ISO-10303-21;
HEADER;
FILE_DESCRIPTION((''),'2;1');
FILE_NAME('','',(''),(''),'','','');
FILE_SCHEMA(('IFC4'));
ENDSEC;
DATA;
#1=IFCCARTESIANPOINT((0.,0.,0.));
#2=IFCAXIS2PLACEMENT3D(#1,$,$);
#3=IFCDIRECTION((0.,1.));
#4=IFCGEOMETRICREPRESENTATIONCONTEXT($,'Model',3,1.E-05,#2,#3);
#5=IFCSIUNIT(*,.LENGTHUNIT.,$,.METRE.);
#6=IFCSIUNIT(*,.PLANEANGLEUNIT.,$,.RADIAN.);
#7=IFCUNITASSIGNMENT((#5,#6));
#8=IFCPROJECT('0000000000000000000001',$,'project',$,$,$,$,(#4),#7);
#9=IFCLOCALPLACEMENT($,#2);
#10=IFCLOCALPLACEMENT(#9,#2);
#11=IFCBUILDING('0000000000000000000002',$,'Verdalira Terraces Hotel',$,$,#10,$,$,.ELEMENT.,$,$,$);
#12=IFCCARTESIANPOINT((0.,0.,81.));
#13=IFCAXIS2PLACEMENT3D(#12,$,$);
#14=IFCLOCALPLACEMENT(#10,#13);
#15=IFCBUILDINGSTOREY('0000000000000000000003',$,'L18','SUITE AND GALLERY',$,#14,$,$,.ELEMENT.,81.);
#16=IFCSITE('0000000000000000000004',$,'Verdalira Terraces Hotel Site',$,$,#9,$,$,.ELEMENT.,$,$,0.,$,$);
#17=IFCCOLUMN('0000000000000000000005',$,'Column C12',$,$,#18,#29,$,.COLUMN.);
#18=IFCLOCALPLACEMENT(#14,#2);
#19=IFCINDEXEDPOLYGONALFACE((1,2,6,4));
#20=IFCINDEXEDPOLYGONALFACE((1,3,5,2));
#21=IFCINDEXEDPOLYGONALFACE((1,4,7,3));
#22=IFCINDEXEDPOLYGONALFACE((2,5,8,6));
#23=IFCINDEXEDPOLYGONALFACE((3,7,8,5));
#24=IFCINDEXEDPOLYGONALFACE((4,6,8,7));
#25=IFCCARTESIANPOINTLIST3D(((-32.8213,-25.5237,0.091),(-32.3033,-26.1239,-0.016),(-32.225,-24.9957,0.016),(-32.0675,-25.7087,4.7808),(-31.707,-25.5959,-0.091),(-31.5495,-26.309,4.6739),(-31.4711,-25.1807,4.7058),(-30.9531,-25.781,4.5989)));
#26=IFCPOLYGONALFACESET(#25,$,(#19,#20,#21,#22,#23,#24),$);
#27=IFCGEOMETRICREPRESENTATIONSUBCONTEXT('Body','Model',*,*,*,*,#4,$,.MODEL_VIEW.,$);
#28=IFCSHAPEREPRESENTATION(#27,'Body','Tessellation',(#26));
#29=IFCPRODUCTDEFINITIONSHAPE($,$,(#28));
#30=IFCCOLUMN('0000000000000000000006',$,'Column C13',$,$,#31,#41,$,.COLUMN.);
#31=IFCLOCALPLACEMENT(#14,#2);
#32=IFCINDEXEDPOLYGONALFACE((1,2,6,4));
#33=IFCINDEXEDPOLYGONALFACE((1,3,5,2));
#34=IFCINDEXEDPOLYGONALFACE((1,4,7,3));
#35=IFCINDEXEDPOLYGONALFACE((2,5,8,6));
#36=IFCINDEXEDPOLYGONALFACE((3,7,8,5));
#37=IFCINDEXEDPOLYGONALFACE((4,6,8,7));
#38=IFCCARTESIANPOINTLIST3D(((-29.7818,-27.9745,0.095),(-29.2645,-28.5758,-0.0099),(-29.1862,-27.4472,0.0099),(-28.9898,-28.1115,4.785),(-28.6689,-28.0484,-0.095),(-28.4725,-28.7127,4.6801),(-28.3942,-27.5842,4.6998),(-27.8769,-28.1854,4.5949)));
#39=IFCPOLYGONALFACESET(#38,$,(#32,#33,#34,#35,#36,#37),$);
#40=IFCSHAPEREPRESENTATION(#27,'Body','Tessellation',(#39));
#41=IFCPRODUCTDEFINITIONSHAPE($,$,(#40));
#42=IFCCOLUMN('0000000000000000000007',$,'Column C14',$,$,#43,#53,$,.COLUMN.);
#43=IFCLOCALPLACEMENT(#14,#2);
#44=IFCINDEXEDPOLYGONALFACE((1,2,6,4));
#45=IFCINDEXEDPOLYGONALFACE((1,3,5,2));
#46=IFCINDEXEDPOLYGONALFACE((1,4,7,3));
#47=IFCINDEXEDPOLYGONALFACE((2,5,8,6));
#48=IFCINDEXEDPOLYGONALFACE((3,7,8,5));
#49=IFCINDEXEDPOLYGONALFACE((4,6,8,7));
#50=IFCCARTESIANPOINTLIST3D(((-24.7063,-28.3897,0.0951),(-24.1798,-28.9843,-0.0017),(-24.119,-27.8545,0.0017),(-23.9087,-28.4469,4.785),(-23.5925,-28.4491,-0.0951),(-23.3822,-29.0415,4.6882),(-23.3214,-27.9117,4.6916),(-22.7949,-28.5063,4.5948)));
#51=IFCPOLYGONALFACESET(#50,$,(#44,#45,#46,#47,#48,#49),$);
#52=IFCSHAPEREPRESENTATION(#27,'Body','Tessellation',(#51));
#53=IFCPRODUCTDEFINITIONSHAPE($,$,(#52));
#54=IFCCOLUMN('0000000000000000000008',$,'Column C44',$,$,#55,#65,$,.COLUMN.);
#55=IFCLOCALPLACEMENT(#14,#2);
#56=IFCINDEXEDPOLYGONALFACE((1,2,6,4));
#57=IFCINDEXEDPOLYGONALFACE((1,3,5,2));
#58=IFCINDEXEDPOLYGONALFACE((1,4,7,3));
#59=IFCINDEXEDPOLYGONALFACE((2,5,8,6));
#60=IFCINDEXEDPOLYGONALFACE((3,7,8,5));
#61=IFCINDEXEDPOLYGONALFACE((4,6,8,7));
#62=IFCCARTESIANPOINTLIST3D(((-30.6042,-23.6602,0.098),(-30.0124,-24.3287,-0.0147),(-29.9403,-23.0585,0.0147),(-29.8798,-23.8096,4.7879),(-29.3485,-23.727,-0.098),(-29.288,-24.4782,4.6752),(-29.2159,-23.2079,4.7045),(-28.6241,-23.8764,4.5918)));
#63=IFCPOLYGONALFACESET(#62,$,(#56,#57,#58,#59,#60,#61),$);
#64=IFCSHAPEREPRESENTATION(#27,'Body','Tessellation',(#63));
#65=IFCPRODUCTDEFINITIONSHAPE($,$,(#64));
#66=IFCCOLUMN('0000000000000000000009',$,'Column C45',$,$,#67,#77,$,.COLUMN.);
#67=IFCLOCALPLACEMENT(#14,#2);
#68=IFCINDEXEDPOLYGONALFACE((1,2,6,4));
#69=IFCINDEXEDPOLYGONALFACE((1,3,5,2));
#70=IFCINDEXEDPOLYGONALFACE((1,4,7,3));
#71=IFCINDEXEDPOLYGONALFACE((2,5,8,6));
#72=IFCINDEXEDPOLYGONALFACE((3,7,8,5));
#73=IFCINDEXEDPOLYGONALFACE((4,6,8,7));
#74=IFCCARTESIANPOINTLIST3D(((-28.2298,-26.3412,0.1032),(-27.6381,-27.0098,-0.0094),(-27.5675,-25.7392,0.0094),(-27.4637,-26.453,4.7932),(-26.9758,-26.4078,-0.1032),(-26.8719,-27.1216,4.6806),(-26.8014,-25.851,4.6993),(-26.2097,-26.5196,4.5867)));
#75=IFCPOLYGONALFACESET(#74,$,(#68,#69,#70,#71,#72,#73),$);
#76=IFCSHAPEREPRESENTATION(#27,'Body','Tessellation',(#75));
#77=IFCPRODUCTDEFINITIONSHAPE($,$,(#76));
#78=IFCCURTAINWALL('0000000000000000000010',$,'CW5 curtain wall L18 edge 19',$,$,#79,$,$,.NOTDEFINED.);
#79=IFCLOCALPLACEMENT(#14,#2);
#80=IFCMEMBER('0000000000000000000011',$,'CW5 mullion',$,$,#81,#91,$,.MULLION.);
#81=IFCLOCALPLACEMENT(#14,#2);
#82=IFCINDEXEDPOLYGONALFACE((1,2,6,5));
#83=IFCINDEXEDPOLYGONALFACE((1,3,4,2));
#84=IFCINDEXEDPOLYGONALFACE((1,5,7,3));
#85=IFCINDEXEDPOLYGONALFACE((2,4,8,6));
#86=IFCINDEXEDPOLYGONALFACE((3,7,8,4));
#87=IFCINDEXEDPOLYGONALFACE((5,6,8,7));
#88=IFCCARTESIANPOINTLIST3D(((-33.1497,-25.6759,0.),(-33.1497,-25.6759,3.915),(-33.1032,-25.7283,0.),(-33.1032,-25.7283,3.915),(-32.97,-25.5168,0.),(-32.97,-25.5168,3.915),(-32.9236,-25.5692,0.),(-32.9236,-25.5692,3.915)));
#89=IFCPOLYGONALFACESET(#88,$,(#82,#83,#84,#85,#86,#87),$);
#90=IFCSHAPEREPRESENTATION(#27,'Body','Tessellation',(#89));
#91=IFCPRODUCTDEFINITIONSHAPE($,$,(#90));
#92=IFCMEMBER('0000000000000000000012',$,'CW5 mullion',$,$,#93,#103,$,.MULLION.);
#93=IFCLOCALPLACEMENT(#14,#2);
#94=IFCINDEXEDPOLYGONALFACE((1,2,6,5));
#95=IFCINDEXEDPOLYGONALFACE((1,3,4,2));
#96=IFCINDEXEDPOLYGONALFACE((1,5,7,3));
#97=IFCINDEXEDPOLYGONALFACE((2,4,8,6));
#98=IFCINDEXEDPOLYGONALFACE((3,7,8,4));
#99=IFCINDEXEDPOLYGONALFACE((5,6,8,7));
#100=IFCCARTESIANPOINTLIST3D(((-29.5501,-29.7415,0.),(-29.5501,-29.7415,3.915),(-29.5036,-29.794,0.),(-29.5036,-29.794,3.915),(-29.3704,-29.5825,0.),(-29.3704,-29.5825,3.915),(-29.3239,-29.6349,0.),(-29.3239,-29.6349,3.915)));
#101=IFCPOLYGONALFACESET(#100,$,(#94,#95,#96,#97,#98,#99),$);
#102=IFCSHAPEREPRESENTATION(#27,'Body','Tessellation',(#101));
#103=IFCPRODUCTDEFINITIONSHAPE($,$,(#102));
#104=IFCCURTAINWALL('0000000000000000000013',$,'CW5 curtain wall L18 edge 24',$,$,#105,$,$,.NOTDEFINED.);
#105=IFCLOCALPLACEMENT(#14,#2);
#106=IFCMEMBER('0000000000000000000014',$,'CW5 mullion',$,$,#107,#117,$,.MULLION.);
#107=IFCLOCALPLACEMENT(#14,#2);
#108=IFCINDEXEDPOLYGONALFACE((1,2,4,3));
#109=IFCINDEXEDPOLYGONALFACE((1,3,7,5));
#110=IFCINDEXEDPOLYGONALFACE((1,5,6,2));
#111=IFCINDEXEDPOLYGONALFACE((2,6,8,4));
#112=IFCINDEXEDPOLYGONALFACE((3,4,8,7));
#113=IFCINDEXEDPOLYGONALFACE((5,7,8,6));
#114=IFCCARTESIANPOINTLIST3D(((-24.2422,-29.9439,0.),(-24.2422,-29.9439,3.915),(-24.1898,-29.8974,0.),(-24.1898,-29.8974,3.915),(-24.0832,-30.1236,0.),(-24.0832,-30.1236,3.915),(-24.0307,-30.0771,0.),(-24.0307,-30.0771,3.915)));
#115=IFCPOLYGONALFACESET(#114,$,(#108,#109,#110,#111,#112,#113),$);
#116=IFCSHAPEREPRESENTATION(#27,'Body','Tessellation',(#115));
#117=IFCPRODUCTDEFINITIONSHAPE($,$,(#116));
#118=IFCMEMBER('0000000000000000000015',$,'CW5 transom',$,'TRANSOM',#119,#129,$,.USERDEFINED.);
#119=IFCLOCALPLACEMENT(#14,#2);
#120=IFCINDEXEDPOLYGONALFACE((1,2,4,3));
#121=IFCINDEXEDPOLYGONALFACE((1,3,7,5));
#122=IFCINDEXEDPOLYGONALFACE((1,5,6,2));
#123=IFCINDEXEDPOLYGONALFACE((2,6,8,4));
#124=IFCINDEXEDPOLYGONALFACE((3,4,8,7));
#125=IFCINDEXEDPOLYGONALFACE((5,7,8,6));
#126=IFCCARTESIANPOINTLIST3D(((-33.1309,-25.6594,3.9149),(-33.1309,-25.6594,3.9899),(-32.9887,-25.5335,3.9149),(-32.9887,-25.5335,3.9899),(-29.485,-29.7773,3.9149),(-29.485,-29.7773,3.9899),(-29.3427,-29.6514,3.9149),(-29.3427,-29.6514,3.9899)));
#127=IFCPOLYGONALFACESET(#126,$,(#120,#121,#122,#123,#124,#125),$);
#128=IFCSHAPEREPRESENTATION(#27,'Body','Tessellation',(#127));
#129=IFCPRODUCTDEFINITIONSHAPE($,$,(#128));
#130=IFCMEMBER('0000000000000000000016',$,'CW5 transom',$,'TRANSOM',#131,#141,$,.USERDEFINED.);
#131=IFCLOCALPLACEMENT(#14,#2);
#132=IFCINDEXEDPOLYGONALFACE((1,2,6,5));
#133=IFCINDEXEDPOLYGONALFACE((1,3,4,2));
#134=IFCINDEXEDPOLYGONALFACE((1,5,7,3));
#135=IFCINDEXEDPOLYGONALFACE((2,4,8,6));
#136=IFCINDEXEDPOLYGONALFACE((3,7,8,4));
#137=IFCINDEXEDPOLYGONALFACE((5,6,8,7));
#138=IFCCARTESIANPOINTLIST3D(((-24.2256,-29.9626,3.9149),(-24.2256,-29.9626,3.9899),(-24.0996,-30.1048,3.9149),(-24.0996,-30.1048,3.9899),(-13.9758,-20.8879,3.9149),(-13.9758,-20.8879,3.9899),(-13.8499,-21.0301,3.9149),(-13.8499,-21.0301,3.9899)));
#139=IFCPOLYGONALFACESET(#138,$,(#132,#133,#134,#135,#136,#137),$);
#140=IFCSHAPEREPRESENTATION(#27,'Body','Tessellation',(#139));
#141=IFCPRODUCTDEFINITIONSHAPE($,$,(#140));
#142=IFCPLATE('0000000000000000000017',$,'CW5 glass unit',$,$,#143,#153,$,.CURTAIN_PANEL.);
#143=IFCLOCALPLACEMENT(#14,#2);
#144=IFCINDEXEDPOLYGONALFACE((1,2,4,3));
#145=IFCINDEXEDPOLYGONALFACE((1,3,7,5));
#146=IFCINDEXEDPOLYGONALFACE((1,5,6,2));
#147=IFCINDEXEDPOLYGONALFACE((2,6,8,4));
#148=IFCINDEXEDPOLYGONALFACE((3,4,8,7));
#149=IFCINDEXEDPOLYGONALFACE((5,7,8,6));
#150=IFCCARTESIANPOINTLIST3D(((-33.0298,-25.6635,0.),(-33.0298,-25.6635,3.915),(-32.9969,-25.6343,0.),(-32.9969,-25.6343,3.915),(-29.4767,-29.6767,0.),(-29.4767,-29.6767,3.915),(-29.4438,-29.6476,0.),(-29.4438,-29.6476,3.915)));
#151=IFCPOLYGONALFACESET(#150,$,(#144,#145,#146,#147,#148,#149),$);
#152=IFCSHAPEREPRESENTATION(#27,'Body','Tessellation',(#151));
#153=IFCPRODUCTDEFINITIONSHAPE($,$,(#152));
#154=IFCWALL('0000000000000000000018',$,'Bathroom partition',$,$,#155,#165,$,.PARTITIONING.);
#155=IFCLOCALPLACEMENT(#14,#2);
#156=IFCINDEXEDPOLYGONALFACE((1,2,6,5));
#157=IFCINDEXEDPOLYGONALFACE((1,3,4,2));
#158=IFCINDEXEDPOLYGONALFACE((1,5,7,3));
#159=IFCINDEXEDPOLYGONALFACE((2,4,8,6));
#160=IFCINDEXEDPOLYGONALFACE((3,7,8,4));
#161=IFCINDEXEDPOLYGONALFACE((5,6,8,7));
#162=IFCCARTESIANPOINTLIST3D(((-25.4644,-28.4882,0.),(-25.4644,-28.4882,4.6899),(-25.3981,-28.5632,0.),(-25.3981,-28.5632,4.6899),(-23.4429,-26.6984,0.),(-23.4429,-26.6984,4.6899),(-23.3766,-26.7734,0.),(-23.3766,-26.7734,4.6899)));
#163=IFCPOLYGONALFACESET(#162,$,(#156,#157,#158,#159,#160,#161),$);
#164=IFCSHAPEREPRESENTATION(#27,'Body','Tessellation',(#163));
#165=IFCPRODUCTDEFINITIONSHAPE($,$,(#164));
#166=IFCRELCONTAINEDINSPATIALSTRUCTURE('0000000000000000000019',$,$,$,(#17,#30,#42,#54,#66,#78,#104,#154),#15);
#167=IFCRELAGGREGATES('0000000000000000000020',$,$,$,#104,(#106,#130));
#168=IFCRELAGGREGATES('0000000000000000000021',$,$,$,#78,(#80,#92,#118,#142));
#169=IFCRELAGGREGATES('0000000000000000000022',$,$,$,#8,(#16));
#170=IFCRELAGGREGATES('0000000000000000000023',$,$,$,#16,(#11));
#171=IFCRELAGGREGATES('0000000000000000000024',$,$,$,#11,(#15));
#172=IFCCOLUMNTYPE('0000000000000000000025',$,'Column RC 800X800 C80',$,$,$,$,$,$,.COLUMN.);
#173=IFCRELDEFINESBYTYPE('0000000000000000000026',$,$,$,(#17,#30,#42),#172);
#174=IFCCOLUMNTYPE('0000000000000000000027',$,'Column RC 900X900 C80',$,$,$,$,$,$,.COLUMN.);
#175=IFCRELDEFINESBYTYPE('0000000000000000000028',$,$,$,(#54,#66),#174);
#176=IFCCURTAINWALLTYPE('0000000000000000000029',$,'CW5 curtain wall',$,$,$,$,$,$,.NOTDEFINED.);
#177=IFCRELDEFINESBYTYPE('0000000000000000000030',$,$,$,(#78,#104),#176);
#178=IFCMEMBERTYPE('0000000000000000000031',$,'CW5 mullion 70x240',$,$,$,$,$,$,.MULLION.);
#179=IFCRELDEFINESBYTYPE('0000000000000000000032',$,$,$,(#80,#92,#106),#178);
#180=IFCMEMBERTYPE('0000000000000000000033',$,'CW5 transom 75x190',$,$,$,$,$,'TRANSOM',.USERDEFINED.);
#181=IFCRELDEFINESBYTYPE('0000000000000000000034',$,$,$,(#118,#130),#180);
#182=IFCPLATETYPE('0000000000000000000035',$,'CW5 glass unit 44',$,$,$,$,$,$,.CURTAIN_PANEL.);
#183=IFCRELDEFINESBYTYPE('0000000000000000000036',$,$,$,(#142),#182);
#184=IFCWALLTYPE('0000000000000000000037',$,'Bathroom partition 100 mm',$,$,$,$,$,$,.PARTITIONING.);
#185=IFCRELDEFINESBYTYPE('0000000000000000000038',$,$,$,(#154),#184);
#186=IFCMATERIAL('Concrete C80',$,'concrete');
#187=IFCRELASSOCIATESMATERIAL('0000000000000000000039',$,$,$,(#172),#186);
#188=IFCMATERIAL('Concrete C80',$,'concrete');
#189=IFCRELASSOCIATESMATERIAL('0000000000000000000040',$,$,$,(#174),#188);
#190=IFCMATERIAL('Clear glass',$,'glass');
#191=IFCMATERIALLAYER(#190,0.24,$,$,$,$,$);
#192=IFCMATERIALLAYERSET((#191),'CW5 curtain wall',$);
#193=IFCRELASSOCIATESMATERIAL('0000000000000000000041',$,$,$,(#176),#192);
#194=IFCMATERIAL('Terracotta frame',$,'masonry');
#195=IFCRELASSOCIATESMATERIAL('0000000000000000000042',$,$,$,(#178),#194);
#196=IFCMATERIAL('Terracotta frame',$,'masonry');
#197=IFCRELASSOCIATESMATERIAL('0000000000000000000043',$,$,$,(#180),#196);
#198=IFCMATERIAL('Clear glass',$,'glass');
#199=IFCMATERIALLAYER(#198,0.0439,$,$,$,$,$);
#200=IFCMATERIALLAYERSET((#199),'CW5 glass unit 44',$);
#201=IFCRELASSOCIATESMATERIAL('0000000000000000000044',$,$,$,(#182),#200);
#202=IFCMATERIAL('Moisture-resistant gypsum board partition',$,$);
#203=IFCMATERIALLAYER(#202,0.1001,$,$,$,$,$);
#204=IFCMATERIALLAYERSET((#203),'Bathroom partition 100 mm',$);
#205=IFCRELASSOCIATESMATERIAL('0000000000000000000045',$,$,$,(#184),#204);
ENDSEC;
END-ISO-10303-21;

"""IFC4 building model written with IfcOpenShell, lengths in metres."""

from ifc_helpers import new_model, si_unit, direction, frame, frame_2d, origin, origin_2d, place, context, subcontext, project, spatial, rectangle, extrude, material, layer, layer_set, material_profile, profile_set, type_object, element, aggregate, save


model = new_model("IFC4")

# Units and contexts
model_context = context("Model", 3, precision=1e-05, world=origin(), true_north=direction((0.0, 1.0)))
body_context = subcontext(model_context, "Body", "Model", "MODEL_VIEW")
ifc_project = project(units=[si_unit("LENGTHUNIT", "METRE"), si_unit("PLANEANGLEUNIT", "RADIAN")], contexts=[model_context])

# Site, building, storey
site_placement = place(None, origin())
site = spatial("IfcSite", under=ifc_project, at=site_placement, Name="Verdalira Terraces Hotel Site", CompositionType="ELEMENT", RefElevation=0.0)
building_placement = place(site_placement, origin())
building = spatial("IfcBuilding", under=site, at=building_placement, Name="Verdalira Terraces Hotel", CompositionType="ELEMENT")
storey_placement = place(building_placement, frame((0.0, 0.0, 81.0)))
storey = spatial("IfcBuildingStorey", under=building, at=storey_placement, Name="L18", Description="SUITE AND GALLERY", CompositionType="ELEMENT", Elevation=81.0)

# Columns
ifc_material_1 = material(Name="Concrete C80", Category="concrete")
ifc_material_profile_1 = material_profile(ifc_material_1, rectangle(XDim=0.8, YDim=0.8, at=origin_2d()), Name="RC 800X800")
ifc_profile_set_1 = profile_set([ifc_material_profile_1], Name="Concrete C80")
column_type_1 = type_object("IfcColumnType", Name="Column RC 800X800 C80", PredefinedType="COLUMN", material=ifc_profile_set_1)
column_1_placement = place(storey_placement, frame((-32.2642, -25.5598, 0.0), z_axis=(0.158592, -0.038929, 0.986576), x_axis=(0.647459, -0.750284, -0.133684)))
element("IfcColumn", 1, at=column_1_placement, inside=storey, type_object=column_type_1, Name="Column C12", PredefinedType="COLUMN", context=body_context, shape_type="SweptSolid", body=[
    extrude(rectangle(XDim=0.8, YDim=0.8, at=origin_2d()), origin(), (0.0, 0.0, 1.0), 4.7537),
])
column_2_placement = place(storey_placement, frame((-29.2253, -28.0115, 0.0), z_axis=(0.166444, -0.028784, 0.985631), x_axis=(0.646593, -0.751479, -0.131136)))
element("IfcColumn", 2, at=column_2_placement, inside=storey, type_object=column_type_1, Name="Column C13", PredefinedType="COLUMN", context=body_context, shape_type="SweptSolid", body=[
    extrude(rectangle(XDim=0.8, YDim=0.8, at=origin_2d()), origin(), (0.0, 0.0, 1.0), 4.7583),
])
column_3_placement = place(storey_placement, frame((-24.1494, -28.4194, 0.0), z_axis=(0.167648, -0.012008, 0.985774), x_axis=(0.734086, 0.668955, -0.116696)))
element("IfcColumn", 3, at=column_3_placement, inside=storey, type_object=column_type_1, Name="Column C14", PredefinedType="COLUMN", context=body_context, shape_type="SweptSolid", body=[
    extrude(rectangle(XDim=0.8, YDim=0.8, at=origin_2d()), origin(), (0.0, 0.0, 1.0), 4.7576),
])
ifc_material_2 = material(Name="Concrete C80", Category="concrete")
ifc_material_profile_2 = material_profile(ifc_material_2, rectangle(XDim=0.8999, YDim=0.8999, at=origin_2d()), Name="RC 900X900")
ifc_profile_set_2 = profile_set([ifc_material_profile_2], Name="Concrete C80")
column_type_2 = type_object("IfcColumnType", Name="Column RC 900X900 C80", PredefinedType="COLUMN", material=ifc_profile_set_2)
column_4_placement = place(storey_placement, frame((-29.9763, -23.6936, 0.0), z_axis=(0.152565, -0.031469, 0.987792), x_axis=(-0.737735, -0.668704, 0.09264)))
element("IfcColumn", 4, at=column_4_placement, inside=storey, type_object=column_type_2, Name="Column C44", PredefinedType="COLUMN", context=body_context, shape_type="SweptSolid", body=[
    extrude(rectangle(XDim=0.8999, YDim=0.8999, at=origin_2d()), origin(), (0.0, 0.0, 1.0), 4.7478),
])
column_5_placement = place(storey_placement, frame((-27.6028, -26.3745, 0.0), z_axis=(0.161171, -0.023523, 0.986646), x_axis=(-0.735957, -0.668951, 0.104271)))
element("IfcColumn", 5, at=column_5_placement, inside=storey, type_object=column_type_2, Name="Column C45", PredefinedType="COLUMN", context=body_context, shape_type="SweptSolid", body=[
    extrude(rectangle(XDim=0.8999, YDim=0.8999, at=origin_2d()), origin(), (0.0, 0.0, 1.0), 4.7534),
])

# Curtain wall, members
ifc_material_3 = material(Name="Clear glass", Category="glass")
ifc_layer_1 = layer(ifc_material_3, 0.24)
ifc_layer_set_1 = layer_set([ifc_layer_1], Name="CW5 curtain wall")
curtain_wall_type = type_object("IfcCurtainWallType", Name="CW5 curtain wall", PredefinedType="NOTDEFINED", material=ifc_layer_set_1)
curtain_wall_1_placement = place(storey_placement, origin())
curtain_wall_1 = element("IfcCurtainWall", 6, at=curtain_wall_1_placement, inside=storey, type_object=curtain_wall_type, Name="CW5 curtain wall L18 edge 19", PredefinedType="NOTDEFINED")
ifc_material_4 = material(Name="Terracotta frame", Category="masonry")
ifc_material_profile_3 = material_profile(ifc_material_4, rectangle(XDim=0.0701, YDim=0.24, at=origin_2d()), Name="MU 70x240")
ifc_profile_set_3 = profile_set([ifc_material_profile_3], Name="Terracotta frame")
member_type_1 = type_object("IfcMemberType", Name="CW5 mullion 70x240", PredefinedType="MULLION", material=ifc_profile_set_3)
member_1_placement = place(storey_placement, frame((-33.0366, -25.6226, 0.0), z_axis=(0.0, 0.0, 1.0), x_axis=(0.662881, -0.748724, 0.0)))
member_1 = element("IfcMember", 7, at=member_1_placement, type_object=member_type_1, Name="CW5 mullion", PredefinedType="MULLION", context=body_context, shape_type="SweptSolid", body=[
    extrude(rectangle(XDim=0.0701, YDim=0.24, at=origin_2d()), origin(), (0.0, 0.0, 1.0), 3.915),
])
member_2_placement = place(storey_placement, frame((-29.437, -29.6882, 0.0), z_axis=(0.0, 0.0, 1.0), x_axis=(0.662881, -0.748724, 0.0)))
member_2 = element("IfcMember", 8, at=member_2_placement, type_object=member_type_1, Name="CW5 mullion", PredefinedType="MULLION", context=body_context, shape_type="SweptSolid", body=[
    extrude(rectangle(XDim=0.0701, YDim=0.24, at=origin_2d()), origin(), (0.0, 0.0, 1.0), 3.915),
])

# Curtain wall, member
curtain_wall_2_placement = place(storey_placement, origin())
curtain_wall_2 = element("IfcCurtainWall", 9, at=curtain_wall_2_placement, inside=storey, type_object=curtain_wall_type, Name="CW5 curtain wall L18 edge 24", PredefinedType="NOTDEFINED")
member_3_placement = place(storey_placement, frame((-24.1365, -30.0105, 0.0), z_axis=(0.0, 0.0, 1.0), x_axis=(0.748724, 0.662881, 0.0)))
member_3 = element("IfcMember", 10, at=member_3_placement, type_object=member_type_1, Name="CW5 mullion", PredefinedType="MULLION", context=body_context, shape_type="SweptSolid", body=[
    extrude(rectangle(XDim=0.0701, YDim=0.24, at=origin_2d()), origin(), (0.0, 0.0, 1.0), 3.915),
])

# Members
ifc_material_5 = material(Name="Terracotta frame", Category="masonry")
ifc_material_profile_4 = material_profile(ifc_material_5, rectangle(XDim=0.1899, YDim=0.075, at=origin_2d()), Name="TR 75x190")
ifc_profile_set_4 = profile_set([ifc_material_profile_4], Name="Terracotta frame")
member_type_2 = type_object("IfcMemberType", Name="CW5 transom 75x190", ElementType="TRANSOM", PredefinedType="USERDEFINED", material=ifc_profile_set_4)
member_4_placement = place(storey_placement, frame((-33.0598, -25.5964, 3.9524), z_axis=(0.662902, -0.748706, 0.0), x_axis=(0.748706, 0.662902, 0.0)))
member_4 = element("IfcMember", 11, at=member_4_placement, type_object=member_type_2, Name="CW5 transom", ObjectType="TRANSOM", PredefinedType="USERDEFINED", context=body_context, shape_type="SweptSolid", body=[
    extrude(rectangle(XDim=0.1899, YDim=0.075, at=origin_2d()), origin(), (0.0, 0.0, 1.0), 5.5),
])
member_5_placement = place(storey_placement, frame((-24.1626, -30.0337, 3.9524), z_axis=(0.74872, 0.662886, 0.0), x_axis=(-0.662886, 0.74872, 0.0)))
member_5 = element("IfcMember", 12, at=member_5_placement, type_object=member_type_2, Name="CW5 transom", ObjectType="TRANSOM", PredefinedType="USERDEFINED", context=body_context, shape_type="SweptSolid", body=[
    extrude(rectangle(XDim=0.1899, YDim=0.075, at=origin_2d()), origin(), (0.0, 0.0, 1.0), 13.6897),
])
aggregate(curtain_wall_2, [member_3, member_5])

# Plate
ifc_material_6 = material(Name="Clear glass", Category="glass")
ifc_layer_2 = layer(ifc_material_6, 0.0439)
ifc_layer_set_2 = layer_set([ifc_layer_2], Name="CW5 glass unit 44")
plate_type = type_object("IfcPlateType", Name="CW5 glass unit 44", PredefinedType="CURTAIN_PANEL", material=ifc_layer_set_2)
plate_placement = place(storey_placement, frame((-31.2368, -27.6555, 0.0), z_axis=(0.0, 0.0, 1.0), x_axis=(0.662881, -0.748724, 0.0)))
plate = element("IfcPlate", 13, at=plate_placement, type_object=plate_type, Name="CW5 glass unit", PredefinedType="CURTAIN_PANEL", context=body_context, shape_type="SweptSolid", body=[
    extrude(rectangle(XDim=5.3601, YDim=0.0439, at=origin_2d()), origin(), (0.0, 0.0, 1.0), 3.915),
])
aggregate(curtain_wall_1, [member_1, member_2, member_4, plate])

# Wall
ifc_material_7 = material(Name="Moisture-resistant gypsum board partition")
ifc_layer_3 = layer(ifc_material_7, 0.1001)
ifc_layer_set_3 = layer_set([ifc_layer_3], Name="Bathroom partition 100 mm")
wall_type_1 = type_object("IfcWallType", Name="Bathroom partition 100 mm", PredefinedType="PARTITIONING", material=ifc_layer_set_3)
wall_1_placement = place(storey_placement, frame((-23.4097, -26.7358, 0.0), z_axis=(0.0, 0.0, 1.0), x_axis=(-0.74871, -0.662898, 0.0)))
element("IfcWall", 14, at=wall_1_placement, inside=storey, type_object=wall_type_1, Name="Bathroom partition", PredefinedType="PARTITIONING", context=body_context, shape_type="SweptSolid", body=[
    extrude(rectangle(XDim=2.7, YDim=0.1001, at=frame_2d((1.3501, 0.0))), origin(), (0.0, 0.0, 1.0), 4.6899),
])

save(model, "model.ifc")
